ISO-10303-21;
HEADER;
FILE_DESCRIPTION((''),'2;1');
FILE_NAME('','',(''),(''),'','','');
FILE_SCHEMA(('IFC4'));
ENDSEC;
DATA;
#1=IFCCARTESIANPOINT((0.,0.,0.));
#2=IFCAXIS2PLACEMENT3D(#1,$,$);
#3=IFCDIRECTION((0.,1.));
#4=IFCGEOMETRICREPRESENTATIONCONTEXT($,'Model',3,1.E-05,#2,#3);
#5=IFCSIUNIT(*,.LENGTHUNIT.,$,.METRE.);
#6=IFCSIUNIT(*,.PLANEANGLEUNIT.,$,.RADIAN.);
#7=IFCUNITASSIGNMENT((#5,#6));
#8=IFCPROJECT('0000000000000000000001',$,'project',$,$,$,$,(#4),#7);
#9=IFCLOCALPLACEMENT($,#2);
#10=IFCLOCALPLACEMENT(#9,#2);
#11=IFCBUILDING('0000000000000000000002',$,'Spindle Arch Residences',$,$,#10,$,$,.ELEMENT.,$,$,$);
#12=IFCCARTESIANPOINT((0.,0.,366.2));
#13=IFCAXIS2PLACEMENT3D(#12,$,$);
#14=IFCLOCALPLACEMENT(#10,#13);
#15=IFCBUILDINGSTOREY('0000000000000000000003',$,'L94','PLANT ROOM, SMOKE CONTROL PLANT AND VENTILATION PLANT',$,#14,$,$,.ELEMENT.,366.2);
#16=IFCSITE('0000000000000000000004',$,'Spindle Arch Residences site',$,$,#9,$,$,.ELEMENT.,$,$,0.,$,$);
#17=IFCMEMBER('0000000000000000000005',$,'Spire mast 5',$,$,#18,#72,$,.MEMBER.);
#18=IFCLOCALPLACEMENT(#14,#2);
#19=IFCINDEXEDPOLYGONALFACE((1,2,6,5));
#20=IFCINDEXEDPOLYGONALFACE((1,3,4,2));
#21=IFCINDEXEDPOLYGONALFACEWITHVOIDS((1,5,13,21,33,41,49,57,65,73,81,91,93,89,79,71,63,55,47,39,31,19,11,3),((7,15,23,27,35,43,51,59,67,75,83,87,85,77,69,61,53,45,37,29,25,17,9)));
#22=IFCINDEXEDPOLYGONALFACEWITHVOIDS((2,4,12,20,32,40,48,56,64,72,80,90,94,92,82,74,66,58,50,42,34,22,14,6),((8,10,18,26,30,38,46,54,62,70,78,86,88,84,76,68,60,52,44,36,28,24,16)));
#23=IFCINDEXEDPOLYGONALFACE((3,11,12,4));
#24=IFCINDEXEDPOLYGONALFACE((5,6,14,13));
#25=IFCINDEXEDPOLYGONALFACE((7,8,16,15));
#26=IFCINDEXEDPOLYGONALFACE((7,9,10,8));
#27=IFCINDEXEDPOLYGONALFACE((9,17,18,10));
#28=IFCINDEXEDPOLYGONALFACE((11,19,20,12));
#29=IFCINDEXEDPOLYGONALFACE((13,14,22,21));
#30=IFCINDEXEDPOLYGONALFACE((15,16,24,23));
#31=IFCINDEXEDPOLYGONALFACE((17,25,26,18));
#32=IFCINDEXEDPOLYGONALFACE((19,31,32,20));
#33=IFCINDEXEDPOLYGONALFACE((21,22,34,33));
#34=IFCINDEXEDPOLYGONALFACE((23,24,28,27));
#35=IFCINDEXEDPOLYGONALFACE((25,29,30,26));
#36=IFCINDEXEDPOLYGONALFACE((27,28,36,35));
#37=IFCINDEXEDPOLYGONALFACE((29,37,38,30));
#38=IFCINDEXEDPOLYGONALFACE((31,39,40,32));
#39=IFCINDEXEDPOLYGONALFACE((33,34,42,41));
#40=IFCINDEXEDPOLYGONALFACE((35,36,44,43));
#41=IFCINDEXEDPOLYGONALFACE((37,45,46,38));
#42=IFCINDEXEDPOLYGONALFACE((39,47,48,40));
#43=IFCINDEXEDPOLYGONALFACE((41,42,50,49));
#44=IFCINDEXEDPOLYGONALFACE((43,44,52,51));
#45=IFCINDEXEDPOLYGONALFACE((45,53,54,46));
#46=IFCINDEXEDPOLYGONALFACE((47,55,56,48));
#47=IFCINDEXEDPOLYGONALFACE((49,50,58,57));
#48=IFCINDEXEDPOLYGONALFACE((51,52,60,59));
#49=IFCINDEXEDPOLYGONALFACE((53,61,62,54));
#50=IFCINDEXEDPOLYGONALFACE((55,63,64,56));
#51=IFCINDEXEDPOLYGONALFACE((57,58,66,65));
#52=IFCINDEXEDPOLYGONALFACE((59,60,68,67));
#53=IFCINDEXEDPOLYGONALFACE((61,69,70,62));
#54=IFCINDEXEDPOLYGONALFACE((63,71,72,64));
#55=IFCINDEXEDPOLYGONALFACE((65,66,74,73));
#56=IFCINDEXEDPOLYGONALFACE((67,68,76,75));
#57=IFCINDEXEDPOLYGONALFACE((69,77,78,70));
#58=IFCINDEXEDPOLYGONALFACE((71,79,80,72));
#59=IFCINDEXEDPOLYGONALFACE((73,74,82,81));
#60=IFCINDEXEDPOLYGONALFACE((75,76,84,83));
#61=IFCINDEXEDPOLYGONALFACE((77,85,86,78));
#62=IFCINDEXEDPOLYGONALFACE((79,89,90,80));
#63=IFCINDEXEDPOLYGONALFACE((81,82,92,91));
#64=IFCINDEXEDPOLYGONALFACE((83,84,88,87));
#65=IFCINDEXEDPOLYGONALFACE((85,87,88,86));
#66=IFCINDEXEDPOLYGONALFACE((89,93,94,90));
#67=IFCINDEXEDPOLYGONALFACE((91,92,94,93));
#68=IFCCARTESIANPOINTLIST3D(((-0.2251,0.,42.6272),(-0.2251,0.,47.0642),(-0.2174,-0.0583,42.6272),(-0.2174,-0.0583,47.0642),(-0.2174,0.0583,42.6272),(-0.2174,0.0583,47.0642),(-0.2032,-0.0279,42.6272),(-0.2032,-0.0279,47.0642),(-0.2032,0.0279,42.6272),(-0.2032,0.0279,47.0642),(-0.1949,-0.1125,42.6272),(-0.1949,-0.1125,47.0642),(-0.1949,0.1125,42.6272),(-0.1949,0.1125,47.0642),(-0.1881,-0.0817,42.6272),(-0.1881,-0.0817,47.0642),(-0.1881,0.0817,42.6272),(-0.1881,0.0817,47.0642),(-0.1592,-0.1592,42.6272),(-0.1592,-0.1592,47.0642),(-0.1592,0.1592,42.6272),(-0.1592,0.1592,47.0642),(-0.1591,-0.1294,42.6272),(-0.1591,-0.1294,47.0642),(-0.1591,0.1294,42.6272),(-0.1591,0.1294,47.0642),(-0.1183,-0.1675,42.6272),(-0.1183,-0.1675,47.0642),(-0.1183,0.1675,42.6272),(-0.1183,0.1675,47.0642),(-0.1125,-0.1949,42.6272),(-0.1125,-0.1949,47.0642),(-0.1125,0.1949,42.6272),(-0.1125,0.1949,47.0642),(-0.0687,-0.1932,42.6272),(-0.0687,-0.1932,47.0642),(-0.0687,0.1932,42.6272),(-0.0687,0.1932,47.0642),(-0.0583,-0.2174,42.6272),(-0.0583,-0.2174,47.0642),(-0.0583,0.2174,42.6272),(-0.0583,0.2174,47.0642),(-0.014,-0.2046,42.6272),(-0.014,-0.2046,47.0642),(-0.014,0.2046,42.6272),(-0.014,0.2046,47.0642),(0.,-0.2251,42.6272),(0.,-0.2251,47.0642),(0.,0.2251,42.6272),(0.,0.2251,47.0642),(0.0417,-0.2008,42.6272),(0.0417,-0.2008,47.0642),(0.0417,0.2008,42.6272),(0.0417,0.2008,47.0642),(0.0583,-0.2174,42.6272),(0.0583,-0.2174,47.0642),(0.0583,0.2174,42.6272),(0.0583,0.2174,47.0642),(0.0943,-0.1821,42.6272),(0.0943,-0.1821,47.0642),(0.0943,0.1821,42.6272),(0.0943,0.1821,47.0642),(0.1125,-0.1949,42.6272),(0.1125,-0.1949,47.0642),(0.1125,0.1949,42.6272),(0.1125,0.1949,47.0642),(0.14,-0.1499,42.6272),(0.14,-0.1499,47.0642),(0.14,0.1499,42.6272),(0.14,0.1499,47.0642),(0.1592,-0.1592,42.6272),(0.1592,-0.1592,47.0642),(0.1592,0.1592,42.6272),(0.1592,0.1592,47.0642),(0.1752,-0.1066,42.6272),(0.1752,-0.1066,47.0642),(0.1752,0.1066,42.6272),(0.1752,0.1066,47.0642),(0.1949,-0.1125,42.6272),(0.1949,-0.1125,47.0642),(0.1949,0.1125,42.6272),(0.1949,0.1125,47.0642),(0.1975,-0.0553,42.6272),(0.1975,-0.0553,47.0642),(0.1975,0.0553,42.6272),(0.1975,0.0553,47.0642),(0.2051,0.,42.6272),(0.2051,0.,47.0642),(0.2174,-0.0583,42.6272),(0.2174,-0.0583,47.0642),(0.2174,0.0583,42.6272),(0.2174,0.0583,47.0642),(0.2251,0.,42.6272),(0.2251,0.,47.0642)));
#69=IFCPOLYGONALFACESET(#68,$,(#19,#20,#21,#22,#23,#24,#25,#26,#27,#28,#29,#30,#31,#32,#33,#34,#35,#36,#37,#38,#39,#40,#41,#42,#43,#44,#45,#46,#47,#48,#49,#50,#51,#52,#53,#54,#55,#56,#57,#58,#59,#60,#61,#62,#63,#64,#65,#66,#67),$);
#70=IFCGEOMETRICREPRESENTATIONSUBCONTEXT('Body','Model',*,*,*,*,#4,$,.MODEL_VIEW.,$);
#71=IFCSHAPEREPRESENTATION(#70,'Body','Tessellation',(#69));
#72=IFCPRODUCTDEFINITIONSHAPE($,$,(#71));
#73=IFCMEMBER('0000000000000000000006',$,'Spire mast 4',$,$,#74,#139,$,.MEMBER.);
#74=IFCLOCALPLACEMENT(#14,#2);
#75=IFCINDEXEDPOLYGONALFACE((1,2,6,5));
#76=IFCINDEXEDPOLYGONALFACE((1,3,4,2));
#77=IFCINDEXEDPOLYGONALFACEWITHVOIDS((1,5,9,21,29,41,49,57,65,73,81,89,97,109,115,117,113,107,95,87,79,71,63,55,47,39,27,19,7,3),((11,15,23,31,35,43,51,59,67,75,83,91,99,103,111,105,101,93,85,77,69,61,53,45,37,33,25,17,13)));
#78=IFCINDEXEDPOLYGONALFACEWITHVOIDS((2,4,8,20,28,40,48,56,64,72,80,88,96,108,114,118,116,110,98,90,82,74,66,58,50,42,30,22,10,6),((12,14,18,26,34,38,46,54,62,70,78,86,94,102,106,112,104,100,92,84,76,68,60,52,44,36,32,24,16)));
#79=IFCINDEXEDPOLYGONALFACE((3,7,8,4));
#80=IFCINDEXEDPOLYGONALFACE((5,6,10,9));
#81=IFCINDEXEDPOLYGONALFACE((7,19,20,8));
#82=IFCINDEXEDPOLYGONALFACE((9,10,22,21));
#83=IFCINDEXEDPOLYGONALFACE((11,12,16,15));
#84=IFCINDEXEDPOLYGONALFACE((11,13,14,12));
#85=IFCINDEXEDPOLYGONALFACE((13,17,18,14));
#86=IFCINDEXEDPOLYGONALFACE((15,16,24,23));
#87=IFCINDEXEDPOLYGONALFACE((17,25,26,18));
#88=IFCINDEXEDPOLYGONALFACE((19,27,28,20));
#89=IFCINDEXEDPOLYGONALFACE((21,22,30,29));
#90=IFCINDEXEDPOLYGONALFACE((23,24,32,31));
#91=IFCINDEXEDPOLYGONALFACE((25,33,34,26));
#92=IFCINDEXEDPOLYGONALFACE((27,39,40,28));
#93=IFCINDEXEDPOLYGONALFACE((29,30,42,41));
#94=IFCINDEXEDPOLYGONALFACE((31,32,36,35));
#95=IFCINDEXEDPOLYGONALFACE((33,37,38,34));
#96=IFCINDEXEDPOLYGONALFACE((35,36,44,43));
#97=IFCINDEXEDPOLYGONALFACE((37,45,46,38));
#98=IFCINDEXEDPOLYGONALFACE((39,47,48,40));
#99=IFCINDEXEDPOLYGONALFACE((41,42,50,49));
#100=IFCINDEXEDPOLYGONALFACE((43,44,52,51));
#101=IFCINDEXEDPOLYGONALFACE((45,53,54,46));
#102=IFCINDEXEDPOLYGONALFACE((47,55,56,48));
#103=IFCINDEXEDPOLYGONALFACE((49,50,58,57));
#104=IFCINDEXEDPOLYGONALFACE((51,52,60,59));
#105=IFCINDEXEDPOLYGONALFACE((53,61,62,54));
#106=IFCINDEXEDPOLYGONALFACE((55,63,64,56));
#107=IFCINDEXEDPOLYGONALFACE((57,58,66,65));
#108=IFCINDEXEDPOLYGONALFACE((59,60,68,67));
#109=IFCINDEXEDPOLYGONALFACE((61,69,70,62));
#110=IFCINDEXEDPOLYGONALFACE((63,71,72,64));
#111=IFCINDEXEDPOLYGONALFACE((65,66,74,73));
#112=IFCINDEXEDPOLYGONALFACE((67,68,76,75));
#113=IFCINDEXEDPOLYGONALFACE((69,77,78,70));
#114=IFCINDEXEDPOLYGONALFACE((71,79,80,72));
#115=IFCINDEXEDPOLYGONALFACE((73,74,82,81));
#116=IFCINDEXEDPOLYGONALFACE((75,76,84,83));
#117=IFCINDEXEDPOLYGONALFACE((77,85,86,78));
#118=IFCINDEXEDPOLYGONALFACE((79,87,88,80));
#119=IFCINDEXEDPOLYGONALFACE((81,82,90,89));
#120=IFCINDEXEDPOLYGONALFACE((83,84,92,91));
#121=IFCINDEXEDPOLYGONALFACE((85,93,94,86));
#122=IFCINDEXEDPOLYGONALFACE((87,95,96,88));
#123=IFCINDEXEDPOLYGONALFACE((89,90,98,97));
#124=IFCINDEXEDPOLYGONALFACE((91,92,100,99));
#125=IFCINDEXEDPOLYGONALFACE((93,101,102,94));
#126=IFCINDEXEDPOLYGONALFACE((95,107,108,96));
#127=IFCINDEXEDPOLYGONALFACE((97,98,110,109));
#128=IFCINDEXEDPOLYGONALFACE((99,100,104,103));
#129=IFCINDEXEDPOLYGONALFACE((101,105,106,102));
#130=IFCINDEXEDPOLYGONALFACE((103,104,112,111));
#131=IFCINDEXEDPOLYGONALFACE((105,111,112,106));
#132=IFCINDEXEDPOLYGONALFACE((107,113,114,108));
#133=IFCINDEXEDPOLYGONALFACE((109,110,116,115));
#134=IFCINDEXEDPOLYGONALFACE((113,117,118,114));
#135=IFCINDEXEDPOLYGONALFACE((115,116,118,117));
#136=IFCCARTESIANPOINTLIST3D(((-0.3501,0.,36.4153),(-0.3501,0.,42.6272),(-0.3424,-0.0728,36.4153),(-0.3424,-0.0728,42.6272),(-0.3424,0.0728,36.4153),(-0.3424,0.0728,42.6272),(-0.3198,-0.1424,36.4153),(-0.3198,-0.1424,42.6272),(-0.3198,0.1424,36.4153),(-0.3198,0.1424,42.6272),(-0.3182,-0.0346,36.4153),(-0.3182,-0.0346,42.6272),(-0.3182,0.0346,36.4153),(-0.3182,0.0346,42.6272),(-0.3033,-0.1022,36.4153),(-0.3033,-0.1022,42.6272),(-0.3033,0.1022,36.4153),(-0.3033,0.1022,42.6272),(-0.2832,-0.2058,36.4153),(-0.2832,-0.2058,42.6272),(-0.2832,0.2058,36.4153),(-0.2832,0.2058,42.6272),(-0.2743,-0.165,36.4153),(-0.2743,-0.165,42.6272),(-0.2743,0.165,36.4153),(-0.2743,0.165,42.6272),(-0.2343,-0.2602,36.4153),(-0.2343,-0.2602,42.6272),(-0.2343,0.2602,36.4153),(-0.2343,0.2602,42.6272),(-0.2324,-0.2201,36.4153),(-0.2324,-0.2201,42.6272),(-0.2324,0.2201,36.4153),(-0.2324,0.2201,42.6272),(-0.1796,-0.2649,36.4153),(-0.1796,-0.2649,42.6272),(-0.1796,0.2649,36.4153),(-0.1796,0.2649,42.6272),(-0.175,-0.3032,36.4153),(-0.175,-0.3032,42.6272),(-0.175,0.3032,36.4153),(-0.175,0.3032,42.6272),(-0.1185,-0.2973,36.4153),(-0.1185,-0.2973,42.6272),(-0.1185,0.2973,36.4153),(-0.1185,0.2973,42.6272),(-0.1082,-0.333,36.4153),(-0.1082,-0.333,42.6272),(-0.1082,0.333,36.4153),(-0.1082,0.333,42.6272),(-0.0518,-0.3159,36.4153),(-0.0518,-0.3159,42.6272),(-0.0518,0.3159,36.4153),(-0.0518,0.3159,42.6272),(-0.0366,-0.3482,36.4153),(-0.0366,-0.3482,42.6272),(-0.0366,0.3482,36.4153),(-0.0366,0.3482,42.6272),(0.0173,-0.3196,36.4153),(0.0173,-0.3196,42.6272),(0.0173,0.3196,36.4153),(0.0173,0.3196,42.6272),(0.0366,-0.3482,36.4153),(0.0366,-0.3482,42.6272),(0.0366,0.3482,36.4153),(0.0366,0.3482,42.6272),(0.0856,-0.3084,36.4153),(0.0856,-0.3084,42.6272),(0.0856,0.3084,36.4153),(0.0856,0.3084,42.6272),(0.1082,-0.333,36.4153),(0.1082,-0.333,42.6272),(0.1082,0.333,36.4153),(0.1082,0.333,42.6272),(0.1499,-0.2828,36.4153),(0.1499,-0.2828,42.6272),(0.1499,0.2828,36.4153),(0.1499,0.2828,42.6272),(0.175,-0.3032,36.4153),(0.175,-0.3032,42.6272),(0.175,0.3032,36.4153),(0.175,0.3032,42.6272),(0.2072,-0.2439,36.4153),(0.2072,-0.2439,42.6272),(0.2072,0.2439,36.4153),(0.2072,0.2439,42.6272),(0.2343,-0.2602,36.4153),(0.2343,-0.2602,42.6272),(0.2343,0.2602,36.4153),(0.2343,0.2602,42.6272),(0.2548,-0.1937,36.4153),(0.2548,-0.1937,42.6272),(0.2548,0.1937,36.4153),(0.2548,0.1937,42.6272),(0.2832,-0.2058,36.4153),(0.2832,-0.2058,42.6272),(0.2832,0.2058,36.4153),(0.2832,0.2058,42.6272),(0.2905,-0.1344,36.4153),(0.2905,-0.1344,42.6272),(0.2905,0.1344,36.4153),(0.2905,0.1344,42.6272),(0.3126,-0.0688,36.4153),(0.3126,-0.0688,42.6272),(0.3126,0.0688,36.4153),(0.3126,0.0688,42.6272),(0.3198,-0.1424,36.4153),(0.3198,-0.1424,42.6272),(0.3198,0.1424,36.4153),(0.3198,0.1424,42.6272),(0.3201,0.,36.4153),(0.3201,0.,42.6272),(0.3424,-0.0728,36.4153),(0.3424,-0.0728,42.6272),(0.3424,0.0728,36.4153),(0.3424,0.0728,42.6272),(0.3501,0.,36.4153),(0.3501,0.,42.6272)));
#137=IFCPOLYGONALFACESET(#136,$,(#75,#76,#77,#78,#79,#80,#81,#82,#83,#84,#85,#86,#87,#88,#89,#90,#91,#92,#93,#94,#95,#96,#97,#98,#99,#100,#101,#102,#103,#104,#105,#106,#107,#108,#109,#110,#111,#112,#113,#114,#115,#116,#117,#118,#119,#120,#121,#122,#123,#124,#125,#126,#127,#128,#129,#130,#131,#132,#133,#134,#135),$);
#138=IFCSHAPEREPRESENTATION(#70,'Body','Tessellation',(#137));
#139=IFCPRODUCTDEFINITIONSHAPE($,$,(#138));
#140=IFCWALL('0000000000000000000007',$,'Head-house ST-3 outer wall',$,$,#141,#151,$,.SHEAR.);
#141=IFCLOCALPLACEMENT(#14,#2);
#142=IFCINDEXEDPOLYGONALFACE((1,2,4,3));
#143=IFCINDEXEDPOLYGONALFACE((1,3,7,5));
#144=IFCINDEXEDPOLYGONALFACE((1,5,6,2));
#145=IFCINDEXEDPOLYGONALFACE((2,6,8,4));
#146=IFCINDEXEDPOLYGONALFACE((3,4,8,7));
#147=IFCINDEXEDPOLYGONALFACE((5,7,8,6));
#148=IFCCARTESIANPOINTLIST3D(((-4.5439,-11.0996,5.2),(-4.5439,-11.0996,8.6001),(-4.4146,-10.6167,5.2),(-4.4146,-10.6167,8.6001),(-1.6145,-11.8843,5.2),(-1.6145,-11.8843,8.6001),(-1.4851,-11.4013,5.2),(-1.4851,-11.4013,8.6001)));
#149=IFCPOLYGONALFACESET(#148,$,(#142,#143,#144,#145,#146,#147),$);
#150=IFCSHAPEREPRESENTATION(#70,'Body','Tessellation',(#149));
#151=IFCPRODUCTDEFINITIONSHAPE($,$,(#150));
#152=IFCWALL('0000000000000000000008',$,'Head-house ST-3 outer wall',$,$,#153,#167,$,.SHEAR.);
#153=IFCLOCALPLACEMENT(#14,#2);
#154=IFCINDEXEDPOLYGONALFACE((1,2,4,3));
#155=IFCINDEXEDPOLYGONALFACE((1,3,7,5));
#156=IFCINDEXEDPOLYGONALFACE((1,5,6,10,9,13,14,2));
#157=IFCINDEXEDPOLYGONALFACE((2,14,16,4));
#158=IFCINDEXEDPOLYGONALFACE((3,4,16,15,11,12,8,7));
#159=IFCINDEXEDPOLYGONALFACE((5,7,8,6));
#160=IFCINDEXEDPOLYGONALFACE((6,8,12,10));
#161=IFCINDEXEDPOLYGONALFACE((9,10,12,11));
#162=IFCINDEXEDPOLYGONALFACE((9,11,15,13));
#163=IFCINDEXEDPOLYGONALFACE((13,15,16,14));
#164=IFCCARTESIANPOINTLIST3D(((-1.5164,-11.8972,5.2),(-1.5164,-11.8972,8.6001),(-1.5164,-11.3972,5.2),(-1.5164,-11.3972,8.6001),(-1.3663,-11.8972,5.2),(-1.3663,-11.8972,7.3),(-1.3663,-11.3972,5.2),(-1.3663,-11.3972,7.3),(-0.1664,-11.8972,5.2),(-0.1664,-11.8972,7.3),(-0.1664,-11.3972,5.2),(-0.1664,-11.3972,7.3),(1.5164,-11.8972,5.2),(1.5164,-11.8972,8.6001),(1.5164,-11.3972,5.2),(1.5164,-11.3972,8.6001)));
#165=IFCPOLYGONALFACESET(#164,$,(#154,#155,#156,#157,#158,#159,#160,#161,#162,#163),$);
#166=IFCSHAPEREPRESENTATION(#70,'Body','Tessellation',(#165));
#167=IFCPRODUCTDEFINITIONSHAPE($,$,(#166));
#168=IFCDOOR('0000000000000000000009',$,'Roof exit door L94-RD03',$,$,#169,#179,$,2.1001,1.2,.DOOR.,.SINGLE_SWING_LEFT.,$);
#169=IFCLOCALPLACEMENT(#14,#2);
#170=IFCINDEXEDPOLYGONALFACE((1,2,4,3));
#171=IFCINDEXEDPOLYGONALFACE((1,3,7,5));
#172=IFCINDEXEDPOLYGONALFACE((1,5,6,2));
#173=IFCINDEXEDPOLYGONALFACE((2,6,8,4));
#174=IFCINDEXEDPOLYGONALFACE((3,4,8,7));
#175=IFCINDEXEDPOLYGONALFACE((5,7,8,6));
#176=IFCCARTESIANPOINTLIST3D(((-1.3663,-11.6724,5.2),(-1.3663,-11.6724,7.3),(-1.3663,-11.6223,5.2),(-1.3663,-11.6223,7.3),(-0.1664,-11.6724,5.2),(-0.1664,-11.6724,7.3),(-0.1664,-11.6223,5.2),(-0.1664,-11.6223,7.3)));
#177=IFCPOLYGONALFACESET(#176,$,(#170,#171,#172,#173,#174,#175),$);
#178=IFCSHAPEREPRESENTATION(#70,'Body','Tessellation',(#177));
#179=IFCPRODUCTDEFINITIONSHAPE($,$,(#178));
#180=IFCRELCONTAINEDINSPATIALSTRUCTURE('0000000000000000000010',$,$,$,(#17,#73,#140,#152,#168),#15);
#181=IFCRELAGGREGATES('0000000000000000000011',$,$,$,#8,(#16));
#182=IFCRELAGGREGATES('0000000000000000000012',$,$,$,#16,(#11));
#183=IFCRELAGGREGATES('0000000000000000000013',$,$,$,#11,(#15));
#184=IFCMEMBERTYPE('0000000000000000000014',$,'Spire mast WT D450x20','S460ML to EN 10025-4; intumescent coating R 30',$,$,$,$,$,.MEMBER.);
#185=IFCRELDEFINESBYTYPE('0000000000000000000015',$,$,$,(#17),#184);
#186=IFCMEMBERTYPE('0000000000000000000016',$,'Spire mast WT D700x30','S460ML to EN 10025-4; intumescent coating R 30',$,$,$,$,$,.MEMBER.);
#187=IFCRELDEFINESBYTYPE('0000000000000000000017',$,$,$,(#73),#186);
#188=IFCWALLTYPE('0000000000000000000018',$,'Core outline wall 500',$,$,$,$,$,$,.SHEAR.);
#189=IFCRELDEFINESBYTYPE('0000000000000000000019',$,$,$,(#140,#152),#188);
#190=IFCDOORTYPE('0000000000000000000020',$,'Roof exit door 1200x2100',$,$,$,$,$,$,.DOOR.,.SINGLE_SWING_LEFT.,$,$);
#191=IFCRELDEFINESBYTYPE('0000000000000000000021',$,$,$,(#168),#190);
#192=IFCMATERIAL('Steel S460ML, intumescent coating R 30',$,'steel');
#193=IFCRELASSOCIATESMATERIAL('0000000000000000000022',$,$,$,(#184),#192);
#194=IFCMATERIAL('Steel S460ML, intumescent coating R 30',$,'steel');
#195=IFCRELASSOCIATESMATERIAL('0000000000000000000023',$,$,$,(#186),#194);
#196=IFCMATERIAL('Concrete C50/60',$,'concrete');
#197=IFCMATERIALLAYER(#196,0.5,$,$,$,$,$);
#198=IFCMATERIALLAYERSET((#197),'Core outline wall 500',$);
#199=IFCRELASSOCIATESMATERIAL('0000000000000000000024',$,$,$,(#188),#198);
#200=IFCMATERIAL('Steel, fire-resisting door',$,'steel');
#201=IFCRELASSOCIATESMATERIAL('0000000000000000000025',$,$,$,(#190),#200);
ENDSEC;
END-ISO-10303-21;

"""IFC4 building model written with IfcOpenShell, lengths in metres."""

from ifc_helpers import new_model, si_unit, direction, frame, frame_2d, origin, origin_2d, place, context, subcontext, project, spatial, rectangle, hollow_circle, extrude, material, layer, layer_set, material_profile, profile_set, type_object, element, fill, save


model = new_model("IFC4")

# Units and contexts
model_context = context("Model", 3, precision=1e-05, world=origin(), true_north=direction((0.0, 1.0)))
body_context = subcontext(model_context, "Body", "Model", "MODEL_VIEW")
ifc_project = project(units=[si_unit("LENGTHUNIT", "METRE"), si_unit("PLANEANGLEUNIT", "RADIAN")], contexts=[model_context])

# Site, building, storey
site_placement = place(None, origin())
site = spatial("IfcSite", under=ifc_project, at=site_placement, Name="Spindle Arch Residences site", CompositionType="ELEMENT", RefElevation=0.0)
building_placement = place(site_placement, origin())
building = spatial("IfcBuilding", under=site, at=building_placement, Name="Spindle Arch Residences", CompositionType="ELEMENT")
storey_placement = place(building_placement, frame((0.0, 0.0, 366.2)))
storey = spatial("IfcBuildingStorey", under=building, at=storey_placement, Name="L94", Description="PLANT ROOM, SMOKE CONTROL PLANT AND VENTILATION PLANT", CompositionType="ELEMENT", Elevation=366.2)

# Members
ifc_material_1 = material(Name="Steel S460ML, intumescent coating R 30", Category="steel")
ifc_material_profile_1 = material_profile(ifc_material_1, hollow_circle(Radius=0.2251, WallThickness=0.02, at=origin_2d()), Name="WT D450x20")
ifc_profile_set_1 = profile_set([ifc_material_profile_1], Name="Steel S460ML, intumescent coating R 30")
member_type_1 = type_object("IfcMemberType", Name="Spire mast WT D450x20", Description="S460ML to EN 10025-4; intumescent coating R 30", PredefinedType="MEMBER", material=ifc_profile_set_1)
member_1_placement = place(storey_placement, frame((0.0, 0.0, 42.6272), z_axis=(0.0, 0.0, 1.0), x_axis=(1.0, 0.0, 0.0)))
element("IfcMember", 1, at=member_1_placement, inside=storey, type_object=member_type_1, Name="Spire mast 5", PredefinedType="MEMBER", context=body_context, shape_type="SweptSolid", body=[
    extrude(hollow_circle(Radius=0.2251, WallThickness=0.02, at=origin_2d()), origin(), (0.0, 0.0, 1.0), 4.437),
])
ifc_material_2 = material(Name="Steel S460ML, intumescent coating R 30", Category="steel")
ifc_material_profile_2 = material_profile(ifc_material_2, hollow_circle(Radius=0.3501, WallThickness=0.03, at=origin_2d()), Name="WT D700x30")
ifc_profile_set_2 = profile_set([ifc_material_profile_2], Name="Steel S460ML, intumescent coating R 30")
member_type_2 = type_object("IfcMemberType", Name="Spire mast WT D700x30", Description="S460ML to EN 10025-4; intumescent coating R 30", PredefinedType="MEMBER", material=ifc_profile_set_2)
member_2_placement = place(storey_placement, frame((0.0, 0.0, 36.4153), z_axis=(0.0, 0.0, 1.0), x_axis=(1.0, 0.0, 0.0)))
element("IfcMember", 2, at=member_2_placement, inside=storey, type_object=member_type_2, Name="Spire mast 4", PredefinedType="MEMBER", context=body_context, shape_type="SweptSolid", body=[
    extrude(hollow_circle(Radius=0.3501, WallThickness=0.03, at=origin_2d()), origin(), (0.0, 0.0, 1.0), 6.2119),
])

# Wall
ifc_material_3 = material(Name="Concrete C50/60", Category="concrete")
ifc_layer_1 = layer(ifc_material_3, 0.5)
ifc_layer_set_1 = layer_set([ifc_layer_1], Name="Core outline wall 500")
wall_type_1 = type_object("IfcWallType", Name="Core outline wall 500", PredefinedType="SHEAR", material=ifc_layer_set_1)
wall_1_placement = place(storey_placement, frame((-4.4792, -10.8582, 5.2), z_axis=(0.0, 0.0, 1.0), x_axis=(0.965948, -0.258735, 0.0)))
element("IfcWall", 3, at=wall_1_placement, inside=storey, type_object=wall_type_1, Name="Head-house ST-3 outer wall", PredefinedType="SHEAR", context=body_context, shape_type="SweptSolid", body=[
    extrude(rectangle(XDim=3.0327, YDim=0.5, at=frame_2d((1.5164, 0.0))), origin(), (0.0, 0.0, 1.0), 3.4001),
])

# Wall, opening, door
wall_2_placement = place(storey_placement, frame((-1.5164, -11.6472, 5.2), z_axis=(0.0, 0.0, 1.0), x_axis=(1.0, 0.0, 0.0)))
wall_2 = element("IfcWall", 4, at=wall_2_placement, inside=storey, type_object=wall_type_1, Name="Head-house ST-3 outer wall", PredefinedType="SHEAR", context=body_context, shape_type="SweptSolid", body=[
    extrude(rectangle(XDim=3.0327, YDim=0.5, at=frame_2d((1.5164, 0.0))), origin(), (0.0, 0.0, 1.0), 3.4001),
])
opening_1_placement = place(wall_2_placement, frame((0.1499, 0.0, 0.0)))
opening_1 = element("IfcOpeningElement", 5, at=opening_1_placement, cuts=wall_2, PredefinedType="OPENING", context=body_context, shape_type="SweptSolid", body=[
    extrude(rectangle(XDim=1.2, YDim=2.1001, at=frame_2d((0.6001, 1.05))), frame((0.0, 0.26, 0.0), z_axis=(0.0, -1.0, 0.0), x_axis=(1.0, 0.0, 0.0)), (0.0, 0.0, 1.0), 0.52),
])
ifc_material_4 = material(Name="Steel, fire-resisting door", Category="steel")
door_type_1 = type_object("IfcDoorType", Name="Roof exit door 1200x2100", OperationType="SINGLE_SWING_LEFT", PredefinedType="DOOR", material=ifc_material_4)
door_1_placement = place(opening_1_placement, origin())
door_1 = element("IfcDoor", 6, at=door_1_placement, inside=storey, type_object=door_type_1, Name="Roof exit door L94-RD03", OperationType="SINGLE_SWING_LEFT", OverallHeight=2.1001, OverallWidth=1.2, PredefinedType="DOOR", context=body_context, shape_type="SweptSolid", body=[
    extrude(rectangle(XDim=1.2, YDim=2.1001, at=frame_2d((0.6001, 1.05))), frame((0.0, 0.0249, 0.0), z_axis=(0.0, -1.0, 0.0), x_axis=(1.0, 0.0, 0.0)), (0.0, 0.0, 1.0), 0.05),
])
fill(opening_1, door_1)

save(model, "model.ifc")
